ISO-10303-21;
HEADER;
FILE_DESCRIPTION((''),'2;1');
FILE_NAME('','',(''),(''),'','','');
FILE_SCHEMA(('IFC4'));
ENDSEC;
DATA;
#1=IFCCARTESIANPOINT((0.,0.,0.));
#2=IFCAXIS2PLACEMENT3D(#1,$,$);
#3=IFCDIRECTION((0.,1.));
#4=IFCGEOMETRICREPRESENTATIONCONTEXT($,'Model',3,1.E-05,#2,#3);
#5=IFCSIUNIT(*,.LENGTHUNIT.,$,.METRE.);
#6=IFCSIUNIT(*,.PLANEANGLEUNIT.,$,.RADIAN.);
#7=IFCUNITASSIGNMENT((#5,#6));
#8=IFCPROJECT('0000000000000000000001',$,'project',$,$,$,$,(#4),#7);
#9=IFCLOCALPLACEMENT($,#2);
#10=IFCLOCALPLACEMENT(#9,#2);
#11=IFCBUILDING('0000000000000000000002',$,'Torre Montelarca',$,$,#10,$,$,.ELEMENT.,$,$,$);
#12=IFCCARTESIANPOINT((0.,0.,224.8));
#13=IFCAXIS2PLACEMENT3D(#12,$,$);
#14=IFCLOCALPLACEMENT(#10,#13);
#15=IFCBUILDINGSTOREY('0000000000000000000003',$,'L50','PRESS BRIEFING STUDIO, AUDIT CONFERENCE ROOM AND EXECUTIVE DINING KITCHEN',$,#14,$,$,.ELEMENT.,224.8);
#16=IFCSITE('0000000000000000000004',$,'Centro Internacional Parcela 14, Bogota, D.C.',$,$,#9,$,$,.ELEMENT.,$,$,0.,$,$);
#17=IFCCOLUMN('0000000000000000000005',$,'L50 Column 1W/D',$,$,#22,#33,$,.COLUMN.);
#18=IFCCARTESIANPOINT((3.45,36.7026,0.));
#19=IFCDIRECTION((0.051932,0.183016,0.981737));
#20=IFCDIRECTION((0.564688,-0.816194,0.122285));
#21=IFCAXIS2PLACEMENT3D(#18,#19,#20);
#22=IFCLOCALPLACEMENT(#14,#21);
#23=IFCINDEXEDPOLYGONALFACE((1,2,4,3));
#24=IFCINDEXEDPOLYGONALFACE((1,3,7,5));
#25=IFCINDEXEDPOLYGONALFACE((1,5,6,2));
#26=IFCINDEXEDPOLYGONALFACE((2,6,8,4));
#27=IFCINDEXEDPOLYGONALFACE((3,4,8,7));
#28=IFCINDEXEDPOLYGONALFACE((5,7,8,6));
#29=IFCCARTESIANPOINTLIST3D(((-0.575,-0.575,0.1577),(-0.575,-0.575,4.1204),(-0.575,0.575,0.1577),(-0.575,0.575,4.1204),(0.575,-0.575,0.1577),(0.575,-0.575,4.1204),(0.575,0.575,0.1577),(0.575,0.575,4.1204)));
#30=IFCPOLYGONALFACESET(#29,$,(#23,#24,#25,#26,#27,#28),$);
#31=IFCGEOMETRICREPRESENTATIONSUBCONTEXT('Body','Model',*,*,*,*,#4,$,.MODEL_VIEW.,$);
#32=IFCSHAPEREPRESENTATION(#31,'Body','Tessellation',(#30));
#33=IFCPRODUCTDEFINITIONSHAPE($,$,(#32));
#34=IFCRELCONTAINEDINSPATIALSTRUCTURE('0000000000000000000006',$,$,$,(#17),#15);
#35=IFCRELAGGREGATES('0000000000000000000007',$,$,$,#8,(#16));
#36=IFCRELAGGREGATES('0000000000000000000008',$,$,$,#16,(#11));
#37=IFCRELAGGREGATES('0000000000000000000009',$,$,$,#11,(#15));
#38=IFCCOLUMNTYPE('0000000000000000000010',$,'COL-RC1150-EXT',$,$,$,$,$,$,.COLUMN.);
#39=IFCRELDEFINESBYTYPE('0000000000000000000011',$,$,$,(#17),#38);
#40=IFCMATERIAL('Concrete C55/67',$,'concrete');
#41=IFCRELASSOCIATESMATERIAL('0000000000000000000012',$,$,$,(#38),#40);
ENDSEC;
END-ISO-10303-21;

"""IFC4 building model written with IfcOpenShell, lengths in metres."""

from ifc_helpers import new_model, si_unit, direction, frame, origin, origin_2d, place, context, subcontext, project, spatial, rectangle, extrude, clip, halfspace, material, material_profile, profile_set, type_object, element, save


model = new_model("IFC4")

# Units and contexts
model_context = context("Model", 3, precision=1e-05, world=origin(), true_north=direction((0.0, 1.0)))
body_context = subcontext(model_context, "Body", "Model", "MODEL_VIEW")
ifc_project = project(units=[si_unit("LENGTHUNIT", "METRE"), si_unit("PLANEANGLEUNIT", "RADIAN")], contexts=[model_context])

# Site, building, storey
site_placement = place(None, origin())
site = spatial("IfcSite", under=ifc_project, at=site_placement, Name="Centro Internacional Parcela 14, Bogota, D.C.", CompositionType="ELEMENT", RefElevation=0.0)
building_placement = place(site_placement, origin())
building = spatial("IfcBuilding", under=site, at=building_placement, Name="Torre Montelarca", CompositionType="ELEMENT")
storey_placement = place(building_placement, frame((0.0, 0.0, 224.8)))
storey = spatial("IfcBuildingStorey", under=building, at=storey_placement, Name="L50", Description="PRESS BRIEFING STUDIO, AUDIT CONFERENCE ROOM AND EXECUTIVE DINING KITCHEN", CompositionType="ELEMENT", Elevation=224.8)

# Column
ifc_material_1 = material(Name="Concrete C55/67", Category="concrete")
ifc_material_profile = material_profile(ifc_material_1, rectangle(XDim=1.1499, YDim=1.1499, at=origin_2d()), Name="RC1150X1150", Category="concrete")
ifc_profile_set = profile_set([ifc_material_profile], Name="Concrete C55/67")
column_type = type_object("IfcColumnType", Name="COL-RC1150-EXT", PredefinedType="COLUMN", material=ifc_profile_set)
column_placement = place(storey_placement, frame((3.45, 36.7026, 0.0), z_axis=(0.051932, 0.183016, 0.981737), x_axis=(0.564688, -0.816194, 0.122285)))
element("IfcColumn", 1, at=column_placement, inside=storey, type_object=column_type, Name="L50 Column 1W/D", PredefinedType="COLUMN", context=body_context, shape_type="Clipping", body=[
    clip(clip(extrude(rectangle(XDim=1.1499, YDim=1.1499, at=origin_2d()), origin(), (0.0, 0.0, 1.0), 4.2781), halfspace(frame((0.0, 0.0, 0.1577), z_axis=(0.0, 0.0, -1.0), x_axis=(1.0, 0.0, 0.0)), False)), halfspace(frame((0.0, 0.0, 4.1204), z_axis=(0.0, 0.0, 1.0), x_axis=(1.0, 0.0, 0.0)), False)),
])

save(model, "model.ifc")
